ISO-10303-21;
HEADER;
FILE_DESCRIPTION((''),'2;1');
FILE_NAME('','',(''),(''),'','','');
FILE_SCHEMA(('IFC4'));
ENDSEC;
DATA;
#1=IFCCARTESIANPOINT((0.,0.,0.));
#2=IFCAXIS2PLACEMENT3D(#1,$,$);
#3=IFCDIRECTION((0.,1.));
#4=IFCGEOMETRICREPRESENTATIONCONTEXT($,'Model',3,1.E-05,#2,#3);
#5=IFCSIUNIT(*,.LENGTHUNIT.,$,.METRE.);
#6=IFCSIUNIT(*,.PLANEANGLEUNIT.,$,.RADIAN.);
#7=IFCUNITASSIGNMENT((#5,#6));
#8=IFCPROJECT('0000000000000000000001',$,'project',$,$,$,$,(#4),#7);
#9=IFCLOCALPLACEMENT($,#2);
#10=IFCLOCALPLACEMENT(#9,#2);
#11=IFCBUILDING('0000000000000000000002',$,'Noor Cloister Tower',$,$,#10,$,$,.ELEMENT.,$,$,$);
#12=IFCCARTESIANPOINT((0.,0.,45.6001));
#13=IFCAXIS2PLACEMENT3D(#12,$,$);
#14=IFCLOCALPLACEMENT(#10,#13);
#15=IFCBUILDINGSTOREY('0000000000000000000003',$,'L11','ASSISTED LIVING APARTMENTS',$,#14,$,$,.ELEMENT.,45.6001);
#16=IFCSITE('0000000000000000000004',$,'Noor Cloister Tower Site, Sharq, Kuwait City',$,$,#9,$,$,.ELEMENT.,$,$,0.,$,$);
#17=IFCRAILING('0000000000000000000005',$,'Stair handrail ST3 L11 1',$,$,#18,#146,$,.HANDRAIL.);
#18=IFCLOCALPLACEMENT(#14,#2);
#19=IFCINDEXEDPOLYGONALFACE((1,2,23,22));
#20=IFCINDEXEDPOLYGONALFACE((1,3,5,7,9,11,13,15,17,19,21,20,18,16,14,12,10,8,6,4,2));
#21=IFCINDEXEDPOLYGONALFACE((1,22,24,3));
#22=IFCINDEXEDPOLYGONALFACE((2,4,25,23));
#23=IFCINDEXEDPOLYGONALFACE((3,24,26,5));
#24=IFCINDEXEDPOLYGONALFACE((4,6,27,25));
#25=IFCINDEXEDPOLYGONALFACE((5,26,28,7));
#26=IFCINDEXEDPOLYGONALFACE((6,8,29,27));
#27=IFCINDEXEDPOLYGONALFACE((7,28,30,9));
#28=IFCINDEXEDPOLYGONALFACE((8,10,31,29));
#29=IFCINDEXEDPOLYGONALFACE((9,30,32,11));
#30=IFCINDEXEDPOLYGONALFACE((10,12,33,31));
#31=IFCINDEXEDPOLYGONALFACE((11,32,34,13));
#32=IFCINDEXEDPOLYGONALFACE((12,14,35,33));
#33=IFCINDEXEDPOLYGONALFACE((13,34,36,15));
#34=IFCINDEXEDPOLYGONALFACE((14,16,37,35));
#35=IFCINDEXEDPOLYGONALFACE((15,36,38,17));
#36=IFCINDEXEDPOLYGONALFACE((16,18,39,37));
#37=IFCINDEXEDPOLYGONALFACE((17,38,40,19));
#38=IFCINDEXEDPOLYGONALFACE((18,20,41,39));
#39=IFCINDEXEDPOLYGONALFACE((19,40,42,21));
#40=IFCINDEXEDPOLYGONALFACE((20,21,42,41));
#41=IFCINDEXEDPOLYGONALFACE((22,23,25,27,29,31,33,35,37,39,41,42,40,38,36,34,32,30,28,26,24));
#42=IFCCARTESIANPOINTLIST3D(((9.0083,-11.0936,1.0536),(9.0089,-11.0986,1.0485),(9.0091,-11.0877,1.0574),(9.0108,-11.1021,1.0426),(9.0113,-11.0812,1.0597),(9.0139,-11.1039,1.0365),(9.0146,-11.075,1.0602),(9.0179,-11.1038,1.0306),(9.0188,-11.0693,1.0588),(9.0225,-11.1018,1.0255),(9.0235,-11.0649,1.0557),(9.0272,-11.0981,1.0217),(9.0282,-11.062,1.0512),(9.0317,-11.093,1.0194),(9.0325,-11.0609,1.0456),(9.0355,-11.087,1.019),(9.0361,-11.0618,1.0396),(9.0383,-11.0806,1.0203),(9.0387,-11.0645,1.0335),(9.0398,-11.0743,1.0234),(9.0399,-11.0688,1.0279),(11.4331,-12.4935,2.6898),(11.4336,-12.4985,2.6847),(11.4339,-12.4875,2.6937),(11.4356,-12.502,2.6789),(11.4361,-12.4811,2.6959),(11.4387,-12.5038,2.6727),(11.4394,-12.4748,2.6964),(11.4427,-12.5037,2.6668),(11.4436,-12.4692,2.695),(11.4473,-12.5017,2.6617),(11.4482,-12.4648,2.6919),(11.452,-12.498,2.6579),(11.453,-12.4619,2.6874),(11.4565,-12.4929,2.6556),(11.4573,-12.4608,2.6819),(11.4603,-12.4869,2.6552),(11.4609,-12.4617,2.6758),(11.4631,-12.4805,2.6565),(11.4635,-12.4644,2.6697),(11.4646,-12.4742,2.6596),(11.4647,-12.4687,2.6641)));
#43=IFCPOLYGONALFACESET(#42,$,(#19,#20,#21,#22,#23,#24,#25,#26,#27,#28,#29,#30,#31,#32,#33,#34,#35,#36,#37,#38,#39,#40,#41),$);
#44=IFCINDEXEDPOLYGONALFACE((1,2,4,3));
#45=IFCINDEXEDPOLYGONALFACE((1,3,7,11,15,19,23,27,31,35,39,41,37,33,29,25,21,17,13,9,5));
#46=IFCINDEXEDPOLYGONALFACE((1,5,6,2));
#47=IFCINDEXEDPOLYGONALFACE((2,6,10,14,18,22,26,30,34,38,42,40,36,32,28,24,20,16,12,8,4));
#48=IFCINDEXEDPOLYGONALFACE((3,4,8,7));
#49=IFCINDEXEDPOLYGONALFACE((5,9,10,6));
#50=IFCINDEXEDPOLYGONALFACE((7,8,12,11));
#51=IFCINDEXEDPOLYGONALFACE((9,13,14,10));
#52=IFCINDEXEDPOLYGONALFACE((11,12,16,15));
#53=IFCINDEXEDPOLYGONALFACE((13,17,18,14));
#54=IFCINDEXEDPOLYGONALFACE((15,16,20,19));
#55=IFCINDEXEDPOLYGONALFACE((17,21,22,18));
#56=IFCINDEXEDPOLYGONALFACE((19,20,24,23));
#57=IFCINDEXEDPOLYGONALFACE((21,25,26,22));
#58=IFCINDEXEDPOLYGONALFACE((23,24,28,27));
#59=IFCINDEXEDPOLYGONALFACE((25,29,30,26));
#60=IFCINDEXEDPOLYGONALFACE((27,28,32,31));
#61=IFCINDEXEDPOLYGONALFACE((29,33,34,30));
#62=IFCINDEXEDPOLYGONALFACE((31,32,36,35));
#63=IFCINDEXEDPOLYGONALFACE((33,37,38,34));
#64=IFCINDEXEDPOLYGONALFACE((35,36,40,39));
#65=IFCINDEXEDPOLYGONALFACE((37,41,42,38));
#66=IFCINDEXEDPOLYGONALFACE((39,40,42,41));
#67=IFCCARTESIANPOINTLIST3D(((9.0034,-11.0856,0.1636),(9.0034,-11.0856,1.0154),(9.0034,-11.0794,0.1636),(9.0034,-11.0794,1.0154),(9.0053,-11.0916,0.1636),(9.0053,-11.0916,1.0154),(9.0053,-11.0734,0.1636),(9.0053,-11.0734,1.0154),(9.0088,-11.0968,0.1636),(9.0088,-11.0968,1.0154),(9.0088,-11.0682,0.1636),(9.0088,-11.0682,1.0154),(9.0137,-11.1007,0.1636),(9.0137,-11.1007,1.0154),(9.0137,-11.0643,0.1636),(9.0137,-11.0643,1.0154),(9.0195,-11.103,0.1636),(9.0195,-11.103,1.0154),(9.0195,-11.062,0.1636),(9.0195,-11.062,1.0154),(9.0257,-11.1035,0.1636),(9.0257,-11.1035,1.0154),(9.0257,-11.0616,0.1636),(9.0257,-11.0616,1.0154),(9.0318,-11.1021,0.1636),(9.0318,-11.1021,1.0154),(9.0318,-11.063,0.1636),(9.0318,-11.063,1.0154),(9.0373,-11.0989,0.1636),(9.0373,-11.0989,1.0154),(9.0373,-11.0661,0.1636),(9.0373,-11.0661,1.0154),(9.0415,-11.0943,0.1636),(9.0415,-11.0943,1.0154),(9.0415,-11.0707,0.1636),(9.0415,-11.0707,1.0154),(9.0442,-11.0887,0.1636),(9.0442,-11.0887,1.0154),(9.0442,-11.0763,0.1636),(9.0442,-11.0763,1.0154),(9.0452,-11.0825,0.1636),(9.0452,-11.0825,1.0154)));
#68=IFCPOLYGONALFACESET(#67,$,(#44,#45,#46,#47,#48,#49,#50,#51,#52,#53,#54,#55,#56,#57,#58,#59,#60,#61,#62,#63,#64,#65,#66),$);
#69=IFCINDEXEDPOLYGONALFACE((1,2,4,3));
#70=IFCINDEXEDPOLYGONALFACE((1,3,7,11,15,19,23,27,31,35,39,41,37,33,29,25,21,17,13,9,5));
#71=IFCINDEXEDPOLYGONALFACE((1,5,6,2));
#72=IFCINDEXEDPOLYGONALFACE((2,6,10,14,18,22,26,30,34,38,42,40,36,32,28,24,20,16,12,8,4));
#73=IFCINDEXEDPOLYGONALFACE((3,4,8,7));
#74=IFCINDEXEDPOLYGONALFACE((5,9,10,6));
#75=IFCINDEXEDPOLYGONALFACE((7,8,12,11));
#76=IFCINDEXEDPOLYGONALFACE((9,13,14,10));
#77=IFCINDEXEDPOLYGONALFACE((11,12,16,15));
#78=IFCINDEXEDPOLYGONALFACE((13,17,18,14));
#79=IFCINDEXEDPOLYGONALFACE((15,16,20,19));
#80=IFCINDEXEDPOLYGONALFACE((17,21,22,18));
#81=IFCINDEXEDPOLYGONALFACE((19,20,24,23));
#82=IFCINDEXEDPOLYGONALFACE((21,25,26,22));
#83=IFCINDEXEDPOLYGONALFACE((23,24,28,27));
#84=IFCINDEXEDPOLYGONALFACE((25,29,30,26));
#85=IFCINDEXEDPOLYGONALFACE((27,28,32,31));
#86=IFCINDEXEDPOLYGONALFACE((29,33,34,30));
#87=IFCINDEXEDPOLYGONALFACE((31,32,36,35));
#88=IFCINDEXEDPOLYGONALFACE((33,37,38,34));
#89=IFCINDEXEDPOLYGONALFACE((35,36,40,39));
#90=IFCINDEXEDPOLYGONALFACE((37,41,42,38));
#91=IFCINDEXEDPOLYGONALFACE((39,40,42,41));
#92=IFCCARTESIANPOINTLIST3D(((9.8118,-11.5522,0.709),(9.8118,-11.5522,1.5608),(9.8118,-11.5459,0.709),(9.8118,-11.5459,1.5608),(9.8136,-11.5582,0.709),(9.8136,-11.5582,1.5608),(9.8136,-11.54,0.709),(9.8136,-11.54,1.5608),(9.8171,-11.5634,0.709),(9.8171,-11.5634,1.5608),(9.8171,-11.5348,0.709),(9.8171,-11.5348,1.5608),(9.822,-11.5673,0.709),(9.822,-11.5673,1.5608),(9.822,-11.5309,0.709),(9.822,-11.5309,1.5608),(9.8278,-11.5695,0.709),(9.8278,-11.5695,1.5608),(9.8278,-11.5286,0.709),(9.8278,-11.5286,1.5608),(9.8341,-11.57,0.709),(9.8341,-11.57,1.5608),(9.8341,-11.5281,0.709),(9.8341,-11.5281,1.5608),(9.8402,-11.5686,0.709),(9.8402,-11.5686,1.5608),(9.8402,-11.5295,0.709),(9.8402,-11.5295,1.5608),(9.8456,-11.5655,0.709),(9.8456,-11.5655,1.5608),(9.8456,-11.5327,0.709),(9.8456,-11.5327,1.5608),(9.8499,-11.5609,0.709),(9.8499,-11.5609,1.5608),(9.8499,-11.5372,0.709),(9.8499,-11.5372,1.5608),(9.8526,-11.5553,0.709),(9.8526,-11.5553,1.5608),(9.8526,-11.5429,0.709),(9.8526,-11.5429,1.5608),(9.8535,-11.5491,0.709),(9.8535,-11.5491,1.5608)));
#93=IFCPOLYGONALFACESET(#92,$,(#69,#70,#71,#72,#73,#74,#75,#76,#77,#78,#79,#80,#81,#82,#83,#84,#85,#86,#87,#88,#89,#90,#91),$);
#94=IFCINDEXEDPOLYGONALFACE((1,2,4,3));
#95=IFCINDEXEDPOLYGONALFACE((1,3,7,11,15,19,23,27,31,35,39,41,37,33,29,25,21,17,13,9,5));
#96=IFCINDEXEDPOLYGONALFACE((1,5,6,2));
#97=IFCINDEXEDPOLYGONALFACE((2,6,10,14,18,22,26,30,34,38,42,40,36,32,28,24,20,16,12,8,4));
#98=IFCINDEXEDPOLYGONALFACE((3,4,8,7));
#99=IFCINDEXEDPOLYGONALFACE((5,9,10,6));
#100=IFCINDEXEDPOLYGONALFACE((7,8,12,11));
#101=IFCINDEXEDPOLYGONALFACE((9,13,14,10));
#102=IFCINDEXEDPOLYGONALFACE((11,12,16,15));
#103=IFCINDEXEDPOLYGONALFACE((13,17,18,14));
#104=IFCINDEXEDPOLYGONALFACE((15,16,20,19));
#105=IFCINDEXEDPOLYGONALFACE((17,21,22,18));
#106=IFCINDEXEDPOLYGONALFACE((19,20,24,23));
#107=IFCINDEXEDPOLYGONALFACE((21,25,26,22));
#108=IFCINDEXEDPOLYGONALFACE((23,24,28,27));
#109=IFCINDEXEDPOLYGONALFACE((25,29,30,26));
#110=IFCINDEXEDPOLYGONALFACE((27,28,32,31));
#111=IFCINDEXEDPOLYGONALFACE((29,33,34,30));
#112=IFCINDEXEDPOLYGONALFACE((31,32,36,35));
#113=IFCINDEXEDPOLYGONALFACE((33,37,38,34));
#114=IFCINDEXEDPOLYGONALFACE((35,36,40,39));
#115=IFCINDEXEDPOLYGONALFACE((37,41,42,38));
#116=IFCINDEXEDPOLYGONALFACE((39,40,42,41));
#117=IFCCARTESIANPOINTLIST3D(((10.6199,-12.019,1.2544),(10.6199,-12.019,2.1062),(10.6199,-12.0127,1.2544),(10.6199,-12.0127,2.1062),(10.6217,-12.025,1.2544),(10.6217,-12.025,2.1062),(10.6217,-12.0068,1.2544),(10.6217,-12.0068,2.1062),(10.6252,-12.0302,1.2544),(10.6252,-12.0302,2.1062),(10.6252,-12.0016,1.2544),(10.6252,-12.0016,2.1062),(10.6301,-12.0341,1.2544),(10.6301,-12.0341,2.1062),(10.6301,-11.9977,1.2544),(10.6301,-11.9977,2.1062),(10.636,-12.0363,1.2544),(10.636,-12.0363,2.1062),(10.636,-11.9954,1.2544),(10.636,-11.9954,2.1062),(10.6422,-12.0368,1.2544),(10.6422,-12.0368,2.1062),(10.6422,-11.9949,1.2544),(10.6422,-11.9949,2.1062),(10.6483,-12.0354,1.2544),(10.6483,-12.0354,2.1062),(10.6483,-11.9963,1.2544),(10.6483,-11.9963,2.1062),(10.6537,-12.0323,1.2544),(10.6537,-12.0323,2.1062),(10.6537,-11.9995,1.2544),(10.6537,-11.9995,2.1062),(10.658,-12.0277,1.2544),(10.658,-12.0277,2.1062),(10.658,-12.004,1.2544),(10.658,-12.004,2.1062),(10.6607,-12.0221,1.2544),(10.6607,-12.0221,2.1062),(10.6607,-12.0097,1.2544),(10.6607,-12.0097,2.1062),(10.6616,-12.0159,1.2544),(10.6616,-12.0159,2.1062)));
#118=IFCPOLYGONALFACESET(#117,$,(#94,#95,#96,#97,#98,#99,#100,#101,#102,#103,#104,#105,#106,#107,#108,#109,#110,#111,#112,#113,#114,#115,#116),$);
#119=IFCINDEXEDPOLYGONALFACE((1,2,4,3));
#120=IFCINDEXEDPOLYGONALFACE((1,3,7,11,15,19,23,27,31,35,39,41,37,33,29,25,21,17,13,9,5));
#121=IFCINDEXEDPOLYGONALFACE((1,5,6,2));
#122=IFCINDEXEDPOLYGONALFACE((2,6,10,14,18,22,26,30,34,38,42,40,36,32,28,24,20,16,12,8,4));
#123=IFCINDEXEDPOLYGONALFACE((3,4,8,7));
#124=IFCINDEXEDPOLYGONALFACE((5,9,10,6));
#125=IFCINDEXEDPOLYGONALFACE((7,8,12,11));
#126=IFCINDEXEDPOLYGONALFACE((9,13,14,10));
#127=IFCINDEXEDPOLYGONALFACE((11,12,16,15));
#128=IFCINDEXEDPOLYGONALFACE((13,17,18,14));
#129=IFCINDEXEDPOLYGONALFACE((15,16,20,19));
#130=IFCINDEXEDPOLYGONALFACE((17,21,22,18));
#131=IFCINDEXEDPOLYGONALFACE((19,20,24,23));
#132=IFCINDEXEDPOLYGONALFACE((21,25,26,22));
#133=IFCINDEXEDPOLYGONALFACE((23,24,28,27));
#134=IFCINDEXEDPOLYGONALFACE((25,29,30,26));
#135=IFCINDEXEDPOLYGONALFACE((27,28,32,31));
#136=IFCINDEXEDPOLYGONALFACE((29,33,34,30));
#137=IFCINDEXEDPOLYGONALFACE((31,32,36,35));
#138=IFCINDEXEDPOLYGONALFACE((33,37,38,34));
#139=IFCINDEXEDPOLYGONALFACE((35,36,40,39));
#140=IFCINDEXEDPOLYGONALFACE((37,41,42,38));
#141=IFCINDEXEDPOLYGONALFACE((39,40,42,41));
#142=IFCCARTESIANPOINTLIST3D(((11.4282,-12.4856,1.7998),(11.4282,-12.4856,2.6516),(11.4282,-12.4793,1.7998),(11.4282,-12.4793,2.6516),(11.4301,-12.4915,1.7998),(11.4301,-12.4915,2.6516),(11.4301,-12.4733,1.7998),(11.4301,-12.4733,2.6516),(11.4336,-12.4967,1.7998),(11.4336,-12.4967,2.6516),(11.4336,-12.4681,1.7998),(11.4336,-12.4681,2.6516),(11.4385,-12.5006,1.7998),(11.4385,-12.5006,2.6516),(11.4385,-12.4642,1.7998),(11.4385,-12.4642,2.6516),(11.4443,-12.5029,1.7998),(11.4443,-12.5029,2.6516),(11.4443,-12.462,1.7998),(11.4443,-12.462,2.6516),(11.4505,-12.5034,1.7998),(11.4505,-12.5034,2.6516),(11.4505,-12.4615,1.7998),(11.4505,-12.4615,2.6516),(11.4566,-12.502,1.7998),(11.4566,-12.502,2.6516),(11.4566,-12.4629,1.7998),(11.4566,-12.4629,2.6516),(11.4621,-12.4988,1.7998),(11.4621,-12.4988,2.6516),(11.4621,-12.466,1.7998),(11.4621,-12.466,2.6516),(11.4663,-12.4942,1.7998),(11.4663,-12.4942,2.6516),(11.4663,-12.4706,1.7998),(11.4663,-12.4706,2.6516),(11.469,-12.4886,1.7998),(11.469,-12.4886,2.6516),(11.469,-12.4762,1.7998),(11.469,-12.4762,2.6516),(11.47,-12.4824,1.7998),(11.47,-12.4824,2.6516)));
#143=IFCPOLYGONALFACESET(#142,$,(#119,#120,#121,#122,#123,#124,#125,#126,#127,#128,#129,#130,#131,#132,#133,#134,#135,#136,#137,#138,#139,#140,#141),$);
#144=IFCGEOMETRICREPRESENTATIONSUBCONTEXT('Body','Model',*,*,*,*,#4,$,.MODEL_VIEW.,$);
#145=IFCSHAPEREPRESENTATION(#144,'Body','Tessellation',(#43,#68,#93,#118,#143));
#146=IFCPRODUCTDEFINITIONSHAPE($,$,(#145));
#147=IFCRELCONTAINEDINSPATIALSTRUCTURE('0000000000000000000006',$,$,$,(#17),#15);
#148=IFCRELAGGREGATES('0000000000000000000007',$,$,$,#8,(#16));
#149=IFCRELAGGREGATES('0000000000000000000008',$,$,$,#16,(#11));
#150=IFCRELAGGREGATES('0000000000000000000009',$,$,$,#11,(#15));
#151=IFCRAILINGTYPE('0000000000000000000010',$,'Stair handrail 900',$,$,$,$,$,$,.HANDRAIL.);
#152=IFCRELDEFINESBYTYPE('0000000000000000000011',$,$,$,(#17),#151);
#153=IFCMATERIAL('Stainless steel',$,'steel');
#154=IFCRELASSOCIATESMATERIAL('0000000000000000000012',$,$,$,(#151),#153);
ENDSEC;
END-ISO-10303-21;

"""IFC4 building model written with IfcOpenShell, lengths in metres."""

from ifc_helpers import new_model, si_unit, direction, frame, origin, origin_2d, place, context, subcontext, project, spatial, circle, extrude, material, type_object, element, save


model = new_model("IFC4")

# Units and contexts
model_context = context("Model", 3, precision=1e-05, world=origin(), true_north=direction((0.0, 1.0)))
body_context = subcontext(model_context, "Body", "Model", "MODEL_VIEW")
ifc_project = project(units=[si_unit("LENGTHUNIT", "METRE"), si_unit("PLANEANGLEUNIT", "RADIAN")], contexts=[model_context])

# Site, building, storey
site_placement = place(None, origin())
site = spatial("IfcSite", under=ifc_project, at=site_placement, Name="Noor Cloister Tower Site, Sharq, Kuwait City", CompositionType="ELEMENT", RefElevation=0.0)
building_placement = place(site_placement, origin())
building = spatial("IfcBuilding", under=site, at=building_placement, Name="Noor Cloister Tower", CompositionType="ELEMENT")
storey_placement = place(building_placement, frame((0.0, 0.0, 45.6001)))
storey = spatial("IfcBuildingStorey", under=building, at=storey_placement, Name="L11", Description="ASSISTED LIVING APARTMENTS", CompositionType="ELEMENT", Elevation=45.6001)

# Railing
ifc_material_1 = material(Name="Stainless steel", Category="steel")
railing_type_1 = type_object("IfcRailingType", Name="Stair handrail 900", PredefinedType="HANDRAIL", material=ifc_material_1)
railing_1_placement = place(storey_placement, frame((9.0242, -11.0825, 0.1636)))
element("IfcRailing", 1, at=railing_1_placement, inside=storey, type_object=railing_type_1, Name="Stair handrail ST3 L11 1", PredefinedType="HANDRAIL", context=body_context, shape_type="SweptSolid", body=[
    extrude(circle(Radius=0.0239, at=origin_2d()), frame((0.0, 0.0, 0.876), z_axis=(0.747718, -0.431677, 0.504552), x_axis=(0.499984, 0.866035, 0.0)), (0.0, 0.0, 1.0), 3.2429),
    extrude(circle(Radius=0.021, at=origin_2d()), origin(), (0.0, 0.0, 1.0), 0.8518),
    extrude(circle(Radius=0.021, at=origin_2d()), frame((0.8083, -0.4666, 0.5454)), (0.0, 0.0, 1.0), 0.8518),
    extrude(circle(Radius=0.021, at=origin_2d()), frame((1.6165, -0.9333, 1.0908)), (0.0, 0.0, 1.0), 0.8518),
    extrude(circle(Radius=0.021, at=origin_2d()), frame((2.4248, -1.3999, 1.6362)), (0.0, 0.0, 1.0), 0.8518),
])

save(model, "model.ifc")
